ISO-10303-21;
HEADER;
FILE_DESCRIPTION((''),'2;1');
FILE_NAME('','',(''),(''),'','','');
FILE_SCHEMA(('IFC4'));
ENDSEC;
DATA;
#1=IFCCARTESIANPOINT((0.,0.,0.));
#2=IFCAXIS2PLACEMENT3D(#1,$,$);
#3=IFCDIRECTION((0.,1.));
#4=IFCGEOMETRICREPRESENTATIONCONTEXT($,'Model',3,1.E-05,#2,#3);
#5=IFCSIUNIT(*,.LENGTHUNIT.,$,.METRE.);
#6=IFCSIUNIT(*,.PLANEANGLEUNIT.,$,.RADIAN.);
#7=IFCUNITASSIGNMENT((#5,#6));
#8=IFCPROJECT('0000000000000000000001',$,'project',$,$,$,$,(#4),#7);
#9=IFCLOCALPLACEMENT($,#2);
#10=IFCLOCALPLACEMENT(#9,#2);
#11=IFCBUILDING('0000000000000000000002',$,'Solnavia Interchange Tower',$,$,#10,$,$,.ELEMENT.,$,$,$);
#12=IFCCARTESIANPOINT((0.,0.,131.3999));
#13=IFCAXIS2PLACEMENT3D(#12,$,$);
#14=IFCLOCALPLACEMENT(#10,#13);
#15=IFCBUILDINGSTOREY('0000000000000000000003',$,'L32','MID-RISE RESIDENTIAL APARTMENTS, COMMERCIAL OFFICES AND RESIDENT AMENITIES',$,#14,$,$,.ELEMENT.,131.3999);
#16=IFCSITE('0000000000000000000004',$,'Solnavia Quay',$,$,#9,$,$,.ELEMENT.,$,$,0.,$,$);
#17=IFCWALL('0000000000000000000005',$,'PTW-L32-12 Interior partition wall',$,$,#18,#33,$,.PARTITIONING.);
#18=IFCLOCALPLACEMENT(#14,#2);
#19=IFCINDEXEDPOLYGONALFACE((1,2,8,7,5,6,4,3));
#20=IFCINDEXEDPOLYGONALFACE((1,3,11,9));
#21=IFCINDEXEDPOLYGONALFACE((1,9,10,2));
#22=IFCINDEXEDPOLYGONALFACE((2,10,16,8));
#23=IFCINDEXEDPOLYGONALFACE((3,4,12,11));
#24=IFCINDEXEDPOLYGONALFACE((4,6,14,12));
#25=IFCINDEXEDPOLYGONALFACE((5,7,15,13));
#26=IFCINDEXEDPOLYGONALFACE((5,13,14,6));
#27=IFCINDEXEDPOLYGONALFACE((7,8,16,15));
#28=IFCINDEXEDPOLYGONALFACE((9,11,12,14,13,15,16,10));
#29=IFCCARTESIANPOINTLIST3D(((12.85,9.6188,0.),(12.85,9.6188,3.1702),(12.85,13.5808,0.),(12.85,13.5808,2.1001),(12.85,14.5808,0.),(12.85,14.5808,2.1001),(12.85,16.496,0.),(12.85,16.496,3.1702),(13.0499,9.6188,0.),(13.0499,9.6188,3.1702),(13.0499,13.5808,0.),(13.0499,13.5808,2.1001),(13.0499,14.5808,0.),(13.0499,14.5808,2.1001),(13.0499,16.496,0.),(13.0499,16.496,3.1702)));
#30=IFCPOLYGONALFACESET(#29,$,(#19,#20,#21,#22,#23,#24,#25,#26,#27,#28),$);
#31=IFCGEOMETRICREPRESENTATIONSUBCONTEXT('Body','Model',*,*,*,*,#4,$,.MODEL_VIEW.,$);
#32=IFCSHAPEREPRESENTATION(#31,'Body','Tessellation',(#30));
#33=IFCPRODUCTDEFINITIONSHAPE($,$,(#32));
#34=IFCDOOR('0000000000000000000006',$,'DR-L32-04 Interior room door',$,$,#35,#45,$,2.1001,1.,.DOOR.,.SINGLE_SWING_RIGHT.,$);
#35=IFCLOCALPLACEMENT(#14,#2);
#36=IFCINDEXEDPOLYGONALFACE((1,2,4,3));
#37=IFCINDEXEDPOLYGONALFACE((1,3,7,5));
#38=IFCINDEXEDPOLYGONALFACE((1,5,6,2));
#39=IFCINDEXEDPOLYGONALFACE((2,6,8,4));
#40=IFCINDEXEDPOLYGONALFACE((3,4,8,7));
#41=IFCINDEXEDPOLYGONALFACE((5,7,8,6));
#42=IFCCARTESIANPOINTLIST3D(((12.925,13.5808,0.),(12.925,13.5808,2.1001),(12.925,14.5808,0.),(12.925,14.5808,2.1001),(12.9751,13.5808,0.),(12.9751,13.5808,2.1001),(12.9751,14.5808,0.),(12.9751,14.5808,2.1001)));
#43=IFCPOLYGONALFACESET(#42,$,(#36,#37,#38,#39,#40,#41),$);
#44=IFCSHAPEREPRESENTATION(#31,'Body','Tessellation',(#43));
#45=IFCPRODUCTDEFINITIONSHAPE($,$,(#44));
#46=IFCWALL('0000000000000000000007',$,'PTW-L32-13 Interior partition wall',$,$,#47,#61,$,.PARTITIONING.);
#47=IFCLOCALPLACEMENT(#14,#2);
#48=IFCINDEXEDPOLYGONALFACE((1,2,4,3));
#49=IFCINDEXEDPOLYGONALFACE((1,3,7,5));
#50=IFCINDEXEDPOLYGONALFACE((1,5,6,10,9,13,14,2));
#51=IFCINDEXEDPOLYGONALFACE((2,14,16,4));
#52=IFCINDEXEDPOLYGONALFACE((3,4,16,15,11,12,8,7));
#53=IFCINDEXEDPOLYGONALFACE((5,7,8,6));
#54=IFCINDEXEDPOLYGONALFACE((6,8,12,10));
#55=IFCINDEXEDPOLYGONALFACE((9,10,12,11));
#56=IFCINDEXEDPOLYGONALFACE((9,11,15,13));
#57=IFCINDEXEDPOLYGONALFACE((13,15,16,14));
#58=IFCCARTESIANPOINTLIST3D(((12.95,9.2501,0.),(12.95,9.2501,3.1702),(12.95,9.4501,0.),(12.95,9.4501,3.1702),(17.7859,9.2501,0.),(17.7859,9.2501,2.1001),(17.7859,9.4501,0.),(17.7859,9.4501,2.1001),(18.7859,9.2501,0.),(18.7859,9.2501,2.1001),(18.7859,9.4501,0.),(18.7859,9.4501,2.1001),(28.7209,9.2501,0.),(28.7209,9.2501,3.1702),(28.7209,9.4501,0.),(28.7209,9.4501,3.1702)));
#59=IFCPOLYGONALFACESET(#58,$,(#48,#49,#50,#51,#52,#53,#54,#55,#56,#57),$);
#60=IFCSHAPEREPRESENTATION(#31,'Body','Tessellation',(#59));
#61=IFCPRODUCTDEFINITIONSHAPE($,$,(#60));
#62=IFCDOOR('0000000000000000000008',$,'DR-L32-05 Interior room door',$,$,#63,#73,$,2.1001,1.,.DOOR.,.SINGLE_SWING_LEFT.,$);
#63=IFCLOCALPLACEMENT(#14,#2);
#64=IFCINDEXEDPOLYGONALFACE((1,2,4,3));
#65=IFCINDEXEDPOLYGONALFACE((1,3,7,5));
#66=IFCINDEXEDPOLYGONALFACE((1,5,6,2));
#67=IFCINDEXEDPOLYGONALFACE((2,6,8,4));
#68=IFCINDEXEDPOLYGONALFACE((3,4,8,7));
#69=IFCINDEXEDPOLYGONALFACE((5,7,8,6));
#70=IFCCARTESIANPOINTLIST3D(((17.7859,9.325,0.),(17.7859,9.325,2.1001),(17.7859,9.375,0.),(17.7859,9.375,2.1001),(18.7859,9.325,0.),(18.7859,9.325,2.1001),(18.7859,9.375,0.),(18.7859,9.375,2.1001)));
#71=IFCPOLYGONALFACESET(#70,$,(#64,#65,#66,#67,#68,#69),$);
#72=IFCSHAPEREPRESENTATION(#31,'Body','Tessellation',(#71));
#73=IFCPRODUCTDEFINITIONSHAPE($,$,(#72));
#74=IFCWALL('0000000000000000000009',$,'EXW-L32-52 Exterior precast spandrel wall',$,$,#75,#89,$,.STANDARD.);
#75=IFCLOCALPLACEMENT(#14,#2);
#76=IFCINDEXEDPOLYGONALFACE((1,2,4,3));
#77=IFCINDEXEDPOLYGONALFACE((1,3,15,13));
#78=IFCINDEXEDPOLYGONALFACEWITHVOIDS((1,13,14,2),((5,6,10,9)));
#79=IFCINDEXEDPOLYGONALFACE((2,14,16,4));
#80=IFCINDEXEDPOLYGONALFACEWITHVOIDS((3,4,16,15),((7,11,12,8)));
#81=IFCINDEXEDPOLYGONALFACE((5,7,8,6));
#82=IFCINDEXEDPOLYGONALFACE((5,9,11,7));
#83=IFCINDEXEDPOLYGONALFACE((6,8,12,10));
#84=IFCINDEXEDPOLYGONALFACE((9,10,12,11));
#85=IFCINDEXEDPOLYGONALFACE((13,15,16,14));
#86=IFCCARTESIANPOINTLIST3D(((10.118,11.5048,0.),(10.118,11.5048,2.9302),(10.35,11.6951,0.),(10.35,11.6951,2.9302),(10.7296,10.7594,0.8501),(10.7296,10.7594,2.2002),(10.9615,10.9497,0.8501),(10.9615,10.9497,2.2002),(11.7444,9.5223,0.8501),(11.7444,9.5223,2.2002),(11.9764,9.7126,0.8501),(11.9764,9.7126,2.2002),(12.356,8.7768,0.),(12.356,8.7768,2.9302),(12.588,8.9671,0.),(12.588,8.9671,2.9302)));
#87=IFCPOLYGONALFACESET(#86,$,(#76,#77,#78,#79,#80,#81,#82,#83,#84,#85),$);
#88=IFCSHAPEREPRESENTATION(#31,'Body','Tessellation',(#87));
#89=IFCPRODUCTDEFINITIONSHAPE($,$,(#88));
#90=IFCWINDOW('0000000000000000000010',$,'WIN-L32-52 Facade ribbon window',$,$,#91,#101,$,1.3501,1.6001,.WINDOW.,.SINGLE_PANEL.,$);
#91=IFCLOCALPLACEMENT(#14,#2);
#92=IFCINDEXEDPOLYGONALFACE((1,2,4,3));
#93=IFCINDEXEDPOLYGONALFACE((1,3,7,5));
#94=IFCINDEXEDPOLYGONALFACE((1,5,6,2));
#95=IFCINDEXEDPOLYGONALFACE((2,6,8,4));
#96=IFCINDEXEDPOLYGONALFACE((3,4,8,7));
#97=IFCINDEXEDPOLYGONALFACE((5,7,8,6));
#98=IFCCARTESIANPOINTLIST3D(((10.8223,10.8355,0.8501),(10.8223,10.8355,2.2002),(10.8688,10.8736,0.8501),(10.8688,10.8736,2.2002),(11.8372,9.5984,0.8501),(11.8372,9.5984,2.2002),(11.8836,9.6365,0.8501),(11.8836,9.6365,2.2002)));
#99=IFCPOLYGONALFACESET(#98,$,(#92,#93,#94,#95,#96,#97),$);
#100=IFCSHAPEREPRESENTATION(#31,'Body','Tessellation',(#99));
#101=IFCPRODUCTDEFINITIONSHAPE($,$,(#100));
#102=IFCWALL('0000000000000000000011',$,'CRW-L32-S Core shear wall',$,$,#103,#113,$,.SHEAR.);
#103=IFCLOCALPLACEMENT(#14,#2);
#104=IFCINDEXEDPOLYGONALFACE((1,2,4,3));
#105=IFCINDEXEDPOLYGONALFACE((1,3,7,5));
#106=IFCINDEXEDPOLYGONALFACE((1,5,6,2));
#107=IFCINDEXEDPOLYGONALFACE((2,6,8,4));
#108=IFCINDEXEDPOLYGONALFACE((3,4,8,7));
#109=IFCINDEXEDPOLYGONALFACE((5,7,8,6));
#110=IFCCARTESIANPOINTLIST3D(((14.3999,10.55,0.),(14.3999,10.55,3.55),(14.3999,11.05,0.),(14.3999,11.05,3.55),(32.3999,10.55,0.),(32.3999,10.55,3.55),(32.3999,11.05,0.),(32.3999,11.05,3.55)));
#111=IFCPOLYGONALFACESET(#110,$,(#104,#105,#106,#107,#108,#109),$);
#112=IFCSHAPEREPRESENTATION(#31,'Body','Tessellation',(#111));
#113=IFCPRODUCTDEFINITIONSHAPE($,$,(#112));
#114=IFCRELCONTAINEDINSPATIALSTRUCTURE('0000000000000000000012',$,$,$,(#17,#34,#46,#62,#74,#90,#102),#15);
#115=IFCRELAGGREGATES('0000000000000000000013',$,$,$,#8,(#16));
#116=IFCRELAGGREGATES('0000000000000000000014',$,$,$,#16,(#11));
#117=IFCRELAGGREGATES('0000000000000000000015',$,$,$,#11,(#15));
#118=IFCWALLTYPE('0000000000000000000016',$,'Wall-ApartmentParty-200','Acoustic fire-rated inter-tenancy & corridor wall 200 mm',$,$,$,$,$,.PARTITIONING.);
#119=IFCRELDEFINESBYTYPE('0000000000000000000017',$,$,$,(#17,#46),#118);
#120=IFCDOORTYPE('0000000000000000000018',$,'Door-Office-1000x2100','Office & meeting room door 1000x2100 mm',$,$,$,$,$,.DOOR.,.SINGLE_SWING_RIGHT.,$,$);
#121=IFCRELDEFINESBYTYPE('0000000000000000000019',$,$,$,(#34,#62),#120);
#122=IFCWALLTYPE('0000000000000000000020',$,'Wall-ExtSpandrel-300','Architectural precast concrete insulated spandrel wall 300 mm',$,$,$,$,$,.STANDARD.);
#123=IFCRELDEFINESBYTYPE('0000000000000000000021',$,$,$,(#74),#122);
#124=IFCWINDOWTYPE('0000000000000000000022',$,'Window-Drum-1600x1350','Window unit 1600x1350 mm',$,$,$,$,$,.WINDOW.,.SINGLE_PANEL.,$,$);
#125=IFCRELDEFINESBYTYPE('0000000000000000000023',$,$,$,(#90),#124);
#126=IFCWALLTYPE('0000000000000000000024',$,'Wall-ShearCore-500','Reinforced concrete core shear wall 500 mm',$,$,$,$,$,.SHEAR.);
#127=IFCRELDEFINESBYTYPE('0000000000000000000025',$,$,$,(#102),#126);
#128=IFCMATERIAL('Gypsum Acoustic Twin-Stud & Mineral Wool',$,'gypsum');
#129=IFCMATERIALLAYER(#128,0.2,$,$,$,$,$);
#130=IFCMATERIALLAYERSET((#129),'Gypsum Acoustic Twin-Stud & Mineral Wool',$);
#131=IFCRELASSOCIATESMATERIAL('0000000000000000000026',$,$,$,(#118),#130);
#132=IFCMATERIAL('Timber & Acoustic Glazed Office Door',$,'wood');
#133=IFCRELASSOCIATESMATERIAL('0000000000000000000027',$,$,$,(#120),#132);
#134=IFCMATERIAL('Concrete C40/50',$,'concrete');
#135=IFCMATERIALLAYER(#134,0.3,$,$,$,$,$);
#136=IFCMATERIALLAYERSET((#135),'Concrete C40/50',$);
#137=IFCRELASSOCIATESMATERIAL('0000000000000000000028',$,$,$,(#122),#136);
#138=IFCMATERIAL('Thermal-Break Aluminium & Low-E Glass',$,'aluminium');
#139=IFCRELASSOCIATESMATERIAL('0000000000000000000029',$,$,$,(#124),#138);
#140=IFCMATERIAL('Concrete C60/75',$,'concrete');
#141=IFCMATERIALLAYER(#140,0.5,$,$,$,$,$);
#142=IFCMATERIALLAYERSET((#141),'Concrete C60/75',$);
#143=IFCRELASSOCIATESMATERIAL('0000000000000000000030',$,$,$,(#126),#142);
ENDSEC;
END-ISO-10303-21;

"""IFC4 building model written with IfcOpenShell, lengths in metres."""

from ifc_helpers import new_model, si_unit, direction, frame, frame_2d, origin, place, context, subcontext, project, spatial, rectangle, extrude, material, layer, layer_set, type_object, element, fill, save


model = new_model("IFC4")

# Units and contexts
model_context = context("Model", 3, precision=1e-05, world=origin(), true_north=direction((0.0, 1.0)))
body_context = subcontext(model_context, "Body", "Model", "MODEL_VIEW")
ifc_project = project(units=[si_unit("LENGTHUNIT", "METRE"), si_unit("PLANEANGLEUNIT", "RADIAN")], contexts=[model_context])

# Site, building, storey
site_placement = place(None, origin())
site = spatial("IfcSite", under=ifc_project, at=site_placement, Name="Solnavia Quay", CompositionType="ELEMENT", RefElevation=0.0)
building_placement = place(site_placement, origin())
building = spatial("IfcBuilding", under=site, at=building_placement, Name="Solnavia Interchange Tower", CompositionType="ELEMENT")
storey_placement = place(building_placement, frame((0.0, 0.0, 131.3999)))
storey = spatial("IfcBuildingStorey", under=building, at=storey_placement, Name="L32", Description="MID-RISE RESIDENTIAL APARTMENTS, COMMERCIAL OFFICES AND RESIDENT AMENITIES", CompositionType="ELEMENT", Elevation=131.3999)

# Shared definitions
ifc_material_1 = material(Name="Concrete C40/50", Category="concrete")

# Shared definitions
ifc_material_2 = material(Name="Gypsum Acoustic Twin-Stud & Mineral Wool", Category="gypsum")
ifc_layer_1 = layer(ifc_material_2, 0.2)
ifc_layer_set_1 = layer_set([ifc_layer_1], Name="Gypsum Acoustic Twin-Stud & Mineral Wool")
wall_type_1 = type_object("IfcWallType", Name="Wall-ApartmentParty-200", Description="Acoustic fire-rated inter-tenancy & corridor wall 200 mm", PredefinedType="PARTITIONING", material=ifc_layer_set_1)

# Walls, openings, doors
wall_1_placement = place(storey_placement, frame((12.95, 9.6189, 0.0), z_axis=(0.0, 0.0, 1.0), x_axis=(0.0, 1.0, 0.0)))
wall_1 = element("IfcWall", 1, at=wall_1_placement, inside=storey, type_object=wall_type_1, Name="PTW-L32-12 Interior partition wall", PredefinedType="PARTITIONING", context=body_context, shape_type="SweptSolid", body=[
    extrude(rectangle(XDim=6.8772, YDim=0.2, at=frame_2d((3.4385, 0.0))), origin(), (0.0, 0.0, 1.0), 3.1702),
])
opening_1_placement = place(wall_1_placement, frame((3.9619, 0.0, 0.0)))
opening_1 = element("IfcOpeningElement", 2, at=opening_1_placement, cuts=wall_1, PredefinedType="OPENING", context=body_context, shape_type="SweptSolid", body=[
    extrude(rectangle(XDim=1.0, YDim=2.1001, at=frame_2d((0.5, 1.05))), frame((0.0, 0.1099, 0.0), z_axis=(0.0, -1.0, 0.0), x_axis=(1.0, 0.0, 0.0)), (0.0, 0.0, 1.0), 0.22),
])
ifc_material_3 = material(Name="Timber & Acoustic Glazed Office Door", Category="wood")
door_type_1 = type_object("IfcDoorType", Name="Door-Office-1000x2100", Description="Office & meeting room door 1000x2100 mm", OperationType="SINGLE_SWING_RIGHT", PredefinedType="DOOR", material=ifc_material_3)
door_1_placement = place(opening_1_placement, origin())
door_1 = element("IfcDoor", 3, at=door_1_placement, inside=storey, type_object=door_type_1, Name="DR-L32-04 Interior room door", OperationType="SINGLE_SWING_RIGHT", OverallHeight=2.1001, OverallWidth=1.0, PredefinedType="DOOR", context=body_context, shape_type="SweptSolid", body=[
    extrude(rectangle(XDim=1.0, YDim=2.1001, at=frame_2d((0.5, 1.05))), frame((0.0, 0.0249, 0.0), z_axis=(0.0, -1.0, 0.0), x_axis=(1.0, 0.0, 0.0)), (0.0, 0.0, 1.0), 0.05),
])
fill(opening_1, door_1)
wall_2_placement = place(storey_placement, frame((12.95, 9.3501, 0.0), z_axis=(0.0, 0.0, 1.0), x_axis=(1.0, 0.0, 0.0)))
wall_2 = element("IfcWall", 4, at=wall_2_placement, inside=storey, type_object=wall_type_1, Name="PTW-L32-13 Interior partition wall", PredefinedType="PARTITIONING", context=body_context, shape_type="SweptSolid", body=[
    extrude(rectangle(XDim=15.771, YDim=0.2, at=frame_2d((7.8855, 0.0))), origin(), (0.0, 0.0, 1.0), 3.1702),
])
opening_2_placement = place(wall_2_placement, frame((4.8359, 0.0, 0.0)))
opening_2 = element("IfcOpeningElement", 5, at=opening_2_placement, cuts=wall_2, PredefinedType="OPENING", context=body_context, shape_type="SweptSolid", body=[
    extrude(rectangle(XDim=1.0, YDim=2.1001, at=frame_2d((0.5, 1.05))), frame((0.0, 0.1099, 0.0), z_axis=(0.0, -1.0, 0.0), x_axis=(1.0, 0.0, 0.0)), (0.0, 0.0, 1.0), 0.22),
])
door_2_placement = place(opening_2_placement, origin())
door_2 = element("IfcDoor", 6, at=door_2_placement, inside=storey, type_object=door_type_1, Name="DR-L32-05 Interior room door", OperationType="SINGLE_SWING_LEFT", OverallHeight=2.1001, OverallWidth=1.0, PredefinedType="DOOR", context=body_context, shape_type="SweptSolid", body=[
    extrude(rectangle(XDim=1.0, YDim=2.1001, at=frame_2d((0.5, 1.05))), frame((0.0, 0.0249, 0.0), z_axis=(0.0, -1.0, 0.0), x_axis=(1.0, 0.0, 0.0)), (0.0, 0.0, 1.0), 0.05),
])
fill(opening_2, door_2)

# Wall, opening, window
ifc_layer_2 = layer(ifc_material_1, 0.3)
ifc_layer_set_2 = layer_set([ifc_layer_2], Name="Concrete C40/50")
wall_type_2 = type_object("IfcWallType", Name="Wall-ExtSpandrel-300", Description="Architectural precast concrete insulated spandrel wall 300 mm", PredefinedType="STANDARD", material=ifc_layer_set_2)
wall_3_placement = place(storey_placement, frame((12.4719, 8.8721, 0.0), z_axis=(0.0, 0.0, 1.0), x_axis=(-0.634258, 0.773121, 0.0)))
wall_3 = element("IfcWall", 7, at=wall_3_placement, inside=storey, type_object=wall_type_2, Name="EXW-L32-52 Exterior precast spandrel wall", PredefinedType="STANDARD", context=body_context, shape_type="SweptSolid", body=[
    extrude(rectangle(XDim=3.5286, YDim=0.3, at=frame_2d((1.7642, 0.0))), origin(), (0.0, 0.0, 1.0), 2.9302),
])
opening_3_placement = place(wall_3_placement, frame((0.9641, 0.0, 0.8501)))
opening_3 = element("IfcOpeningElement", 8, at=opening_3_placement, cuts=wall_3, PredefinedType="OPENING", context=body_context, shape_type="SweptSolid", body=[
    extrude(rectangle(XDim=1.6001, YDim=1.3501, at=frame_2d((0.8, 0.675))), frame((0.0, 0.1602, 0.0), z_axis=(0.0, -1.0, 0.0), x_axis=(1.0, 0.0, 0.0)), (0.0, 0.0, 1.0), 0.3201),
])
ifc_material_4 = material(Name="Thermal-Break Aluminium & Low-E Glass", Category="aluminium")
window_type = type_object("IfcWindowType", Name="Window-Drum-1600x1350", Description="Window unit 1600x1350 mm", PartitioningType="SINGLE_PANEL", PredefinedType="WINDOW", material=ifc_material_4)
window_placement = place(opening_3_placement, origin())
window = element("IfcWindow", 9, at=window_placement, inside=storey, type_object=window_type, Name="WIN-L32-52 Facade ribbon window", OverallHeight=1.3501, OverallWidth=1.6001, PartitioningType="SINGLE_PANEL", PredefinedType="WINDOW", context=body_context, shape_type="SweptSolid", body=[
    extrude(rectangle(XDim=1.6001, YDim=1.3501, at=frame_2d((0.8, 0.675))), frame((0.0, 0.03, 0.0), z_axis=(0.0, -1.0, 0.0), x_axis=(1.0, 0.0, 0.0)), (0.0, 0.0, 1.0), 0.0601),
])
fill(opening_3, window)

# Wall
ifc_material_5 = material(Name="Concrete C60/75", Category="concrete")
ifc_layer_3 = layer(ifc_material_5, 0.5)
ifc_layer_set_3 = layer_set([ifc_layer_3], Name="Concrete C60/75")
wall_type_3 = type_object("IfcWallType", Name="Wall-ShearCore-500", Description="Reinforced concrete core shear wall 500 mm", PredefinedType="SHEAR", material=ifc_layer_set_3)
wall_4_placement = place(storey_placement, frame((14.3999, 10.8, 0.0), z_axis=(0.0, 0.0, 1.0), x_axis=(1.0, 0.0, 0.0)))
element("IfcWall", 10, at=wall_4_placement, inside=storey, type_object=wall_type_3, Name="CRW-L32-S Core shear wall", PredefinedType="SHEAR", context=body_context, shape_type="SweptSolid", body=[
    extrude(rectangle(XDim=18.0, YDim=0.5, at=frame_2d((9.0, 0.0))), origin(), (0.0, 0.0, 1.0), 3.55),
])

save(model, "model.ifc")
